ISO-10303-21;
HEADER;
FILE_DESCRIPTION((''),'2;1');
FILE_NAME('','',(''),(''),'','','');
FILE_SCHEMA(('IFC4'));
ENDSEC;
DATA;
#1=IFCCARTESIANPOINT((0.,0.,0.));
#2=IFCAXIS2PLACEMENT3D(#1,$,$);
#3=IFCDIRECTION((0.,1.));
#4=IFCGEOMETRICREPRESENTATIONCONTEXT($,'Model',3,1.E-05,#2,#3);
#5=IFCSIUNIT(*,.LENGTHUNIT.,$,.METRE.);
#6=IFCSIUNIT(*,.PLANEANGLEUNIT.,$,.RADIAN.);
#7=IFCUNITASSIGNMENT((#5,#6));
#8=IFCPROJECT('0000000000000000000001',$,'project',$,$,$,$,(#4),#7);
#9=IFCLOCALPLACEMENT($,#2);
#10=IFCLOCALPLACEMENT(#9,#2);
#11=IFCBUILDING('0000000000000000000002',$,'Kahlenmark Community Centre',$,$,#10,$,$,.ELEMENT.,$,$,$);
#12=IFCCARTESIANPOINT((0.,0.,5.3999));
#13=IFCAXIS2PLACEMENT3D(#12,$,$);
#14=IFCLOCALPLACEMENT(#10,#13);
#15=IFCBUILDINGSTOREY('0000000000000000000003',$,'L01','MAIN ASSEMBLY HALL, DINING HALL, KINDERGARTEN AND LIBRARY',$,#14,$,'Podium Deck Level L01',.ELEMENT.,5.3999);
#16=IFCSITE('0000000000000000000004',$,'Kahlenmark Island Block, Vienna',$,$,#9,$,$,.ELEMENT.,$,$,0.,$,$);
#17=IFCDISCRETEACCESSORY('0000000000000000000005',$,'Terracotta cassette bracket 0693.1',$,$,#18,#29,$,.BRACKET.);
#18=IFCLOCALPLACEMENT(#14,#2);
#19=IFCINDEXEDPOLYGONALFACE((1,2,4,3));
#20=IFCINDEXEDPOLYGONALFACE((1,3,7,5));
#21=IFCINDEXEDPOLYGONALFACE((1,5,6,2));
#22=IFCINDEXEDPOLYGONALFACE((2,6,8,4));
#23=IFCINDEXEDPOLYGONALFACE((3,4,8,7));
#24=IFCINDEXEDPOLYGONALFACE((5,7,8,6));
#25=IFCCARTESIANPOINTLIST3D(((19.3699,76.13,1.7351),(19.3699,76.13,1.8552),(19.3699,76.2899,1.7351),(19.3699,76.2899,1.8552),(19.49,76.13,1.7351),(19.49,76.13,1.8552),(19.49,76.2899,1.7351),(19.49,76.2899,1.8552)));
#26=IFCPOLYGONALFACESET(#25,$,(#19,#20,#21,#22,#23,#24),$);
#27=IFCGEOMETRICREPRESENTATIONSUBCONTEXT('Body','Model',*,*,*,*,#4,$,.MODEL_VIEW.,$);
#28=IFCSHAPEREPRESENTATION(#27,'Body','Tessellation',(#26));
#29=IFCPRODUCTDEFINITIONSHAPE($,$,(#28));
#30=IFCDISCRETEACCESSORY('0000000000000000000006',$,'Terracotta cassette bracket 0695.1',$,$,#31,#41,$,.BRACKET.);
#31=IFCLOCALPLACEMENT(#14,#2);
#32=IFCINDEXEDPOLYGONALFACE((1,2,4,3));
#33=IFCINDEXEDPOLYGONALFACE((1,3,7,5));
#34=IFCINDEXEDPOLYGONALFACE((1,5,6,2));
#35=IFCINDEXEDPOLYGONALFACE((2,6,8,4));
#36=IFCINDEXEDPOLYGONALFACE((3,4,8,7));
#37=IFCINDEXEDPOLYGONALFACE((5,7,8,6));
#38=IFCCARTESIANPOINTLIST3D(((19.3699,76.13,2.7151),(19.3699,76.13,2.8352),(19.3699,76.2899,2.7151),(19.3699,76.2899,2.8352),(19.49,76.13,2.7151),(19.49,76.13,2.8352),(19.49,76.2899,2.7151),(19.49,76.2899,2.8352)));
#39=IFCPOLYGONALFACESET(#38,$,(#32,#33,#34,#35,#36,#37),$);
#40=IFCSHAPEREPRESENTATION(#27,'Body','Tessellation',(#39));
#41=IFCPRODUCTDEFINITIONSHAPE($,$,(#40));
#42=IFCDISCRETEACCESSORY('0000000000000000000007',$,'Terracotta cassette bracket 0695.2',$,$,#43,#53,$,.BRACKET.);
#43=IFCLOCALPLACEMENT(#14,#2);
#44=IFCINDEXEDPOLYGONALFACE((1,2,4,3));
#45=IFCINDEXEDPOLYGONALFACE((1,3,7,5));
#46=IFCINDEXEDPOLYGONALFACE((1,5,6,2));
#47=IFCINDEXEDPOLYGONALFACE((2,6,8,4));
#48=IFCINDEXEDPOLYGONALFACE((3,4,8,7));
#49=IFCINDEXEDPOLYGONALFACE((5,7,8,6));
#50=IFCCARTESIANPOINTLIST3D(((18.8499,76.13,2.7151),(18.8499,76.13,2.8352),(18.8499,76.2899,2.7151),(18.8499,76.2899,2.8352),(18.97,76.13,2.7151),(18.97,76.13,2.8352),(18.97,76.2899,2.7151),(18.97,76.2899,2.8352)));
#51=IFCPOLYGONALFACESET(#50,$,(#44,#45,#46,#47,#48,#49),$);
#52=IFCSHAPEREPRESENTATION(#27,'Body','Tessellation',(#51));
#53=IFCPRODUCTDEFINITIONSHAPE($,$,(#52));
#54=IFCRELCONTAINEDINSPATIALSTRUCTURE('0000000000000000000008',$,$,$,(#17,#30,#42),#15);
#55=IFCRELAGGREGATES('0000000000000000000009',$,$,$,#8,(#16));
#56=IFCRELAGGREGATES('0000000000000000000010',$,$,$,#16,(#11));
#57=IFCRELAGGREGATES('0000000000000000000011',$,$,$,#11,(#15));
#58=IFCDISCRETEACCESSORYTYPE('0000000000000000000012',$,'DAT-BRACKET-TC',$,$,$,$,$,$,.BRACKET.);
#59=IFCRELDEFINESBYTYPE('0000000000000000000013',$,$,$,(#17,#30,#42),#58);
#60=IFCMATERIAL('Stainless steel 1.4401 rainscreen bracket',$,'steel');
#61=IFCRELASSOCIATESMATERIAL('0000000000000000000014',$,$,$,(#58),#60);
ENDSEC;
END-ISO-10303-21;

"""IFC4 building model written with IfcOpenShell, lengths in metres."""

from ifc_helpers import new_model, si_unit, direction, frame, origin, origin_2d, place, context, subcontext, project, spatial, rectangle, extrude, material, type_object, element, save


model = new_model("IFC4")

# Units and contexts
model_context = context("Model", 3, precision=1e-05, world=origin(), true_north=direction((0.0, 1.0)))
body_context = subcontext(model_context, "Body", "Model", "MODEL_VIEW")
ifc_project = project(units=[si_unit("LENGTHUNIT", "METRE"), si_unit("PLANEANGLEUNIT", "RADIAN")], contexts=[model_context])

# Site, building, storey
site_placement = place(None, origin())
site = spatial("IfcSite", under=ifc_project, at=site_placement, Name="Kahlenmark Island Block, Vienna", CompositionType="ELEMENT", RefElevation=0.0)
building_placement = place(site_placement, origin())
building = spatial("IfcBuilding", under=site, at=building_placement, Name="Kahlenmark Community Centre", CompositionType="ELEMENT")
storey_placement = place(building_placement, frame((0.0, 0.0, 5.3999)))
storey = spatial("IfcBuildingStorey", under=building, at=storey_placement, Name="L01", Description="MAIN ASSEMBLY HALL, DINING HALL, KINDERGARTEN AND LIBRARY", LongName="Podium Deck Level L01", CompositionType="ELEMENT", Elevation=5.3999)

# Discrete accessories
ifc_material_1 = material(Name="Stainless steel 1.4401 rainscreen bracket", Category="steel")
discrete_accessory_type = type_object("IfcDiscreteAccessoryType", Name="DAT-BRACKET-TC", PredefinedType="BRACKET", material=ifc_material_1)
for number, where, z_axis, x_axis, name in (
    (1, (19.4299, 76.21, 1.7351), (0.0, 0.0, 1.0), (-1.0, 0.0, 0.0), "Terracotta cassette bracket 0693.1"),
    (2, (19.4299, 76.21, 2.7151), (0.0, 0.0, 1.0), (-1.0, 0.0, 0.0), "Terracotta cassette bracket 0695.1"),
    (3, (18.9099, 76.21, 2.7151), (0.0, 0.0, 1.0), (-1.0, 0.0, 0.0), "Terracotta cassette bracket 0695.2"),
):
    element("IfcDiscreteAccessory", number, at=place(storey_placement, frame(where, z_axis=z_axis, x_axis=x_axis)), inside=storey, type_object=discrete_accessory_type, Name=name, PredefinedType="BRACKET", context=body_context, shape_type="SweptSolid", body=[
        extrude(rectangle(XDim=0.1201, YDim=0.1599, at=origin_2d()), origin(), (0.0, 0.0, 1.0), 0.1201),
    ])

save(model, "model.ifc")
